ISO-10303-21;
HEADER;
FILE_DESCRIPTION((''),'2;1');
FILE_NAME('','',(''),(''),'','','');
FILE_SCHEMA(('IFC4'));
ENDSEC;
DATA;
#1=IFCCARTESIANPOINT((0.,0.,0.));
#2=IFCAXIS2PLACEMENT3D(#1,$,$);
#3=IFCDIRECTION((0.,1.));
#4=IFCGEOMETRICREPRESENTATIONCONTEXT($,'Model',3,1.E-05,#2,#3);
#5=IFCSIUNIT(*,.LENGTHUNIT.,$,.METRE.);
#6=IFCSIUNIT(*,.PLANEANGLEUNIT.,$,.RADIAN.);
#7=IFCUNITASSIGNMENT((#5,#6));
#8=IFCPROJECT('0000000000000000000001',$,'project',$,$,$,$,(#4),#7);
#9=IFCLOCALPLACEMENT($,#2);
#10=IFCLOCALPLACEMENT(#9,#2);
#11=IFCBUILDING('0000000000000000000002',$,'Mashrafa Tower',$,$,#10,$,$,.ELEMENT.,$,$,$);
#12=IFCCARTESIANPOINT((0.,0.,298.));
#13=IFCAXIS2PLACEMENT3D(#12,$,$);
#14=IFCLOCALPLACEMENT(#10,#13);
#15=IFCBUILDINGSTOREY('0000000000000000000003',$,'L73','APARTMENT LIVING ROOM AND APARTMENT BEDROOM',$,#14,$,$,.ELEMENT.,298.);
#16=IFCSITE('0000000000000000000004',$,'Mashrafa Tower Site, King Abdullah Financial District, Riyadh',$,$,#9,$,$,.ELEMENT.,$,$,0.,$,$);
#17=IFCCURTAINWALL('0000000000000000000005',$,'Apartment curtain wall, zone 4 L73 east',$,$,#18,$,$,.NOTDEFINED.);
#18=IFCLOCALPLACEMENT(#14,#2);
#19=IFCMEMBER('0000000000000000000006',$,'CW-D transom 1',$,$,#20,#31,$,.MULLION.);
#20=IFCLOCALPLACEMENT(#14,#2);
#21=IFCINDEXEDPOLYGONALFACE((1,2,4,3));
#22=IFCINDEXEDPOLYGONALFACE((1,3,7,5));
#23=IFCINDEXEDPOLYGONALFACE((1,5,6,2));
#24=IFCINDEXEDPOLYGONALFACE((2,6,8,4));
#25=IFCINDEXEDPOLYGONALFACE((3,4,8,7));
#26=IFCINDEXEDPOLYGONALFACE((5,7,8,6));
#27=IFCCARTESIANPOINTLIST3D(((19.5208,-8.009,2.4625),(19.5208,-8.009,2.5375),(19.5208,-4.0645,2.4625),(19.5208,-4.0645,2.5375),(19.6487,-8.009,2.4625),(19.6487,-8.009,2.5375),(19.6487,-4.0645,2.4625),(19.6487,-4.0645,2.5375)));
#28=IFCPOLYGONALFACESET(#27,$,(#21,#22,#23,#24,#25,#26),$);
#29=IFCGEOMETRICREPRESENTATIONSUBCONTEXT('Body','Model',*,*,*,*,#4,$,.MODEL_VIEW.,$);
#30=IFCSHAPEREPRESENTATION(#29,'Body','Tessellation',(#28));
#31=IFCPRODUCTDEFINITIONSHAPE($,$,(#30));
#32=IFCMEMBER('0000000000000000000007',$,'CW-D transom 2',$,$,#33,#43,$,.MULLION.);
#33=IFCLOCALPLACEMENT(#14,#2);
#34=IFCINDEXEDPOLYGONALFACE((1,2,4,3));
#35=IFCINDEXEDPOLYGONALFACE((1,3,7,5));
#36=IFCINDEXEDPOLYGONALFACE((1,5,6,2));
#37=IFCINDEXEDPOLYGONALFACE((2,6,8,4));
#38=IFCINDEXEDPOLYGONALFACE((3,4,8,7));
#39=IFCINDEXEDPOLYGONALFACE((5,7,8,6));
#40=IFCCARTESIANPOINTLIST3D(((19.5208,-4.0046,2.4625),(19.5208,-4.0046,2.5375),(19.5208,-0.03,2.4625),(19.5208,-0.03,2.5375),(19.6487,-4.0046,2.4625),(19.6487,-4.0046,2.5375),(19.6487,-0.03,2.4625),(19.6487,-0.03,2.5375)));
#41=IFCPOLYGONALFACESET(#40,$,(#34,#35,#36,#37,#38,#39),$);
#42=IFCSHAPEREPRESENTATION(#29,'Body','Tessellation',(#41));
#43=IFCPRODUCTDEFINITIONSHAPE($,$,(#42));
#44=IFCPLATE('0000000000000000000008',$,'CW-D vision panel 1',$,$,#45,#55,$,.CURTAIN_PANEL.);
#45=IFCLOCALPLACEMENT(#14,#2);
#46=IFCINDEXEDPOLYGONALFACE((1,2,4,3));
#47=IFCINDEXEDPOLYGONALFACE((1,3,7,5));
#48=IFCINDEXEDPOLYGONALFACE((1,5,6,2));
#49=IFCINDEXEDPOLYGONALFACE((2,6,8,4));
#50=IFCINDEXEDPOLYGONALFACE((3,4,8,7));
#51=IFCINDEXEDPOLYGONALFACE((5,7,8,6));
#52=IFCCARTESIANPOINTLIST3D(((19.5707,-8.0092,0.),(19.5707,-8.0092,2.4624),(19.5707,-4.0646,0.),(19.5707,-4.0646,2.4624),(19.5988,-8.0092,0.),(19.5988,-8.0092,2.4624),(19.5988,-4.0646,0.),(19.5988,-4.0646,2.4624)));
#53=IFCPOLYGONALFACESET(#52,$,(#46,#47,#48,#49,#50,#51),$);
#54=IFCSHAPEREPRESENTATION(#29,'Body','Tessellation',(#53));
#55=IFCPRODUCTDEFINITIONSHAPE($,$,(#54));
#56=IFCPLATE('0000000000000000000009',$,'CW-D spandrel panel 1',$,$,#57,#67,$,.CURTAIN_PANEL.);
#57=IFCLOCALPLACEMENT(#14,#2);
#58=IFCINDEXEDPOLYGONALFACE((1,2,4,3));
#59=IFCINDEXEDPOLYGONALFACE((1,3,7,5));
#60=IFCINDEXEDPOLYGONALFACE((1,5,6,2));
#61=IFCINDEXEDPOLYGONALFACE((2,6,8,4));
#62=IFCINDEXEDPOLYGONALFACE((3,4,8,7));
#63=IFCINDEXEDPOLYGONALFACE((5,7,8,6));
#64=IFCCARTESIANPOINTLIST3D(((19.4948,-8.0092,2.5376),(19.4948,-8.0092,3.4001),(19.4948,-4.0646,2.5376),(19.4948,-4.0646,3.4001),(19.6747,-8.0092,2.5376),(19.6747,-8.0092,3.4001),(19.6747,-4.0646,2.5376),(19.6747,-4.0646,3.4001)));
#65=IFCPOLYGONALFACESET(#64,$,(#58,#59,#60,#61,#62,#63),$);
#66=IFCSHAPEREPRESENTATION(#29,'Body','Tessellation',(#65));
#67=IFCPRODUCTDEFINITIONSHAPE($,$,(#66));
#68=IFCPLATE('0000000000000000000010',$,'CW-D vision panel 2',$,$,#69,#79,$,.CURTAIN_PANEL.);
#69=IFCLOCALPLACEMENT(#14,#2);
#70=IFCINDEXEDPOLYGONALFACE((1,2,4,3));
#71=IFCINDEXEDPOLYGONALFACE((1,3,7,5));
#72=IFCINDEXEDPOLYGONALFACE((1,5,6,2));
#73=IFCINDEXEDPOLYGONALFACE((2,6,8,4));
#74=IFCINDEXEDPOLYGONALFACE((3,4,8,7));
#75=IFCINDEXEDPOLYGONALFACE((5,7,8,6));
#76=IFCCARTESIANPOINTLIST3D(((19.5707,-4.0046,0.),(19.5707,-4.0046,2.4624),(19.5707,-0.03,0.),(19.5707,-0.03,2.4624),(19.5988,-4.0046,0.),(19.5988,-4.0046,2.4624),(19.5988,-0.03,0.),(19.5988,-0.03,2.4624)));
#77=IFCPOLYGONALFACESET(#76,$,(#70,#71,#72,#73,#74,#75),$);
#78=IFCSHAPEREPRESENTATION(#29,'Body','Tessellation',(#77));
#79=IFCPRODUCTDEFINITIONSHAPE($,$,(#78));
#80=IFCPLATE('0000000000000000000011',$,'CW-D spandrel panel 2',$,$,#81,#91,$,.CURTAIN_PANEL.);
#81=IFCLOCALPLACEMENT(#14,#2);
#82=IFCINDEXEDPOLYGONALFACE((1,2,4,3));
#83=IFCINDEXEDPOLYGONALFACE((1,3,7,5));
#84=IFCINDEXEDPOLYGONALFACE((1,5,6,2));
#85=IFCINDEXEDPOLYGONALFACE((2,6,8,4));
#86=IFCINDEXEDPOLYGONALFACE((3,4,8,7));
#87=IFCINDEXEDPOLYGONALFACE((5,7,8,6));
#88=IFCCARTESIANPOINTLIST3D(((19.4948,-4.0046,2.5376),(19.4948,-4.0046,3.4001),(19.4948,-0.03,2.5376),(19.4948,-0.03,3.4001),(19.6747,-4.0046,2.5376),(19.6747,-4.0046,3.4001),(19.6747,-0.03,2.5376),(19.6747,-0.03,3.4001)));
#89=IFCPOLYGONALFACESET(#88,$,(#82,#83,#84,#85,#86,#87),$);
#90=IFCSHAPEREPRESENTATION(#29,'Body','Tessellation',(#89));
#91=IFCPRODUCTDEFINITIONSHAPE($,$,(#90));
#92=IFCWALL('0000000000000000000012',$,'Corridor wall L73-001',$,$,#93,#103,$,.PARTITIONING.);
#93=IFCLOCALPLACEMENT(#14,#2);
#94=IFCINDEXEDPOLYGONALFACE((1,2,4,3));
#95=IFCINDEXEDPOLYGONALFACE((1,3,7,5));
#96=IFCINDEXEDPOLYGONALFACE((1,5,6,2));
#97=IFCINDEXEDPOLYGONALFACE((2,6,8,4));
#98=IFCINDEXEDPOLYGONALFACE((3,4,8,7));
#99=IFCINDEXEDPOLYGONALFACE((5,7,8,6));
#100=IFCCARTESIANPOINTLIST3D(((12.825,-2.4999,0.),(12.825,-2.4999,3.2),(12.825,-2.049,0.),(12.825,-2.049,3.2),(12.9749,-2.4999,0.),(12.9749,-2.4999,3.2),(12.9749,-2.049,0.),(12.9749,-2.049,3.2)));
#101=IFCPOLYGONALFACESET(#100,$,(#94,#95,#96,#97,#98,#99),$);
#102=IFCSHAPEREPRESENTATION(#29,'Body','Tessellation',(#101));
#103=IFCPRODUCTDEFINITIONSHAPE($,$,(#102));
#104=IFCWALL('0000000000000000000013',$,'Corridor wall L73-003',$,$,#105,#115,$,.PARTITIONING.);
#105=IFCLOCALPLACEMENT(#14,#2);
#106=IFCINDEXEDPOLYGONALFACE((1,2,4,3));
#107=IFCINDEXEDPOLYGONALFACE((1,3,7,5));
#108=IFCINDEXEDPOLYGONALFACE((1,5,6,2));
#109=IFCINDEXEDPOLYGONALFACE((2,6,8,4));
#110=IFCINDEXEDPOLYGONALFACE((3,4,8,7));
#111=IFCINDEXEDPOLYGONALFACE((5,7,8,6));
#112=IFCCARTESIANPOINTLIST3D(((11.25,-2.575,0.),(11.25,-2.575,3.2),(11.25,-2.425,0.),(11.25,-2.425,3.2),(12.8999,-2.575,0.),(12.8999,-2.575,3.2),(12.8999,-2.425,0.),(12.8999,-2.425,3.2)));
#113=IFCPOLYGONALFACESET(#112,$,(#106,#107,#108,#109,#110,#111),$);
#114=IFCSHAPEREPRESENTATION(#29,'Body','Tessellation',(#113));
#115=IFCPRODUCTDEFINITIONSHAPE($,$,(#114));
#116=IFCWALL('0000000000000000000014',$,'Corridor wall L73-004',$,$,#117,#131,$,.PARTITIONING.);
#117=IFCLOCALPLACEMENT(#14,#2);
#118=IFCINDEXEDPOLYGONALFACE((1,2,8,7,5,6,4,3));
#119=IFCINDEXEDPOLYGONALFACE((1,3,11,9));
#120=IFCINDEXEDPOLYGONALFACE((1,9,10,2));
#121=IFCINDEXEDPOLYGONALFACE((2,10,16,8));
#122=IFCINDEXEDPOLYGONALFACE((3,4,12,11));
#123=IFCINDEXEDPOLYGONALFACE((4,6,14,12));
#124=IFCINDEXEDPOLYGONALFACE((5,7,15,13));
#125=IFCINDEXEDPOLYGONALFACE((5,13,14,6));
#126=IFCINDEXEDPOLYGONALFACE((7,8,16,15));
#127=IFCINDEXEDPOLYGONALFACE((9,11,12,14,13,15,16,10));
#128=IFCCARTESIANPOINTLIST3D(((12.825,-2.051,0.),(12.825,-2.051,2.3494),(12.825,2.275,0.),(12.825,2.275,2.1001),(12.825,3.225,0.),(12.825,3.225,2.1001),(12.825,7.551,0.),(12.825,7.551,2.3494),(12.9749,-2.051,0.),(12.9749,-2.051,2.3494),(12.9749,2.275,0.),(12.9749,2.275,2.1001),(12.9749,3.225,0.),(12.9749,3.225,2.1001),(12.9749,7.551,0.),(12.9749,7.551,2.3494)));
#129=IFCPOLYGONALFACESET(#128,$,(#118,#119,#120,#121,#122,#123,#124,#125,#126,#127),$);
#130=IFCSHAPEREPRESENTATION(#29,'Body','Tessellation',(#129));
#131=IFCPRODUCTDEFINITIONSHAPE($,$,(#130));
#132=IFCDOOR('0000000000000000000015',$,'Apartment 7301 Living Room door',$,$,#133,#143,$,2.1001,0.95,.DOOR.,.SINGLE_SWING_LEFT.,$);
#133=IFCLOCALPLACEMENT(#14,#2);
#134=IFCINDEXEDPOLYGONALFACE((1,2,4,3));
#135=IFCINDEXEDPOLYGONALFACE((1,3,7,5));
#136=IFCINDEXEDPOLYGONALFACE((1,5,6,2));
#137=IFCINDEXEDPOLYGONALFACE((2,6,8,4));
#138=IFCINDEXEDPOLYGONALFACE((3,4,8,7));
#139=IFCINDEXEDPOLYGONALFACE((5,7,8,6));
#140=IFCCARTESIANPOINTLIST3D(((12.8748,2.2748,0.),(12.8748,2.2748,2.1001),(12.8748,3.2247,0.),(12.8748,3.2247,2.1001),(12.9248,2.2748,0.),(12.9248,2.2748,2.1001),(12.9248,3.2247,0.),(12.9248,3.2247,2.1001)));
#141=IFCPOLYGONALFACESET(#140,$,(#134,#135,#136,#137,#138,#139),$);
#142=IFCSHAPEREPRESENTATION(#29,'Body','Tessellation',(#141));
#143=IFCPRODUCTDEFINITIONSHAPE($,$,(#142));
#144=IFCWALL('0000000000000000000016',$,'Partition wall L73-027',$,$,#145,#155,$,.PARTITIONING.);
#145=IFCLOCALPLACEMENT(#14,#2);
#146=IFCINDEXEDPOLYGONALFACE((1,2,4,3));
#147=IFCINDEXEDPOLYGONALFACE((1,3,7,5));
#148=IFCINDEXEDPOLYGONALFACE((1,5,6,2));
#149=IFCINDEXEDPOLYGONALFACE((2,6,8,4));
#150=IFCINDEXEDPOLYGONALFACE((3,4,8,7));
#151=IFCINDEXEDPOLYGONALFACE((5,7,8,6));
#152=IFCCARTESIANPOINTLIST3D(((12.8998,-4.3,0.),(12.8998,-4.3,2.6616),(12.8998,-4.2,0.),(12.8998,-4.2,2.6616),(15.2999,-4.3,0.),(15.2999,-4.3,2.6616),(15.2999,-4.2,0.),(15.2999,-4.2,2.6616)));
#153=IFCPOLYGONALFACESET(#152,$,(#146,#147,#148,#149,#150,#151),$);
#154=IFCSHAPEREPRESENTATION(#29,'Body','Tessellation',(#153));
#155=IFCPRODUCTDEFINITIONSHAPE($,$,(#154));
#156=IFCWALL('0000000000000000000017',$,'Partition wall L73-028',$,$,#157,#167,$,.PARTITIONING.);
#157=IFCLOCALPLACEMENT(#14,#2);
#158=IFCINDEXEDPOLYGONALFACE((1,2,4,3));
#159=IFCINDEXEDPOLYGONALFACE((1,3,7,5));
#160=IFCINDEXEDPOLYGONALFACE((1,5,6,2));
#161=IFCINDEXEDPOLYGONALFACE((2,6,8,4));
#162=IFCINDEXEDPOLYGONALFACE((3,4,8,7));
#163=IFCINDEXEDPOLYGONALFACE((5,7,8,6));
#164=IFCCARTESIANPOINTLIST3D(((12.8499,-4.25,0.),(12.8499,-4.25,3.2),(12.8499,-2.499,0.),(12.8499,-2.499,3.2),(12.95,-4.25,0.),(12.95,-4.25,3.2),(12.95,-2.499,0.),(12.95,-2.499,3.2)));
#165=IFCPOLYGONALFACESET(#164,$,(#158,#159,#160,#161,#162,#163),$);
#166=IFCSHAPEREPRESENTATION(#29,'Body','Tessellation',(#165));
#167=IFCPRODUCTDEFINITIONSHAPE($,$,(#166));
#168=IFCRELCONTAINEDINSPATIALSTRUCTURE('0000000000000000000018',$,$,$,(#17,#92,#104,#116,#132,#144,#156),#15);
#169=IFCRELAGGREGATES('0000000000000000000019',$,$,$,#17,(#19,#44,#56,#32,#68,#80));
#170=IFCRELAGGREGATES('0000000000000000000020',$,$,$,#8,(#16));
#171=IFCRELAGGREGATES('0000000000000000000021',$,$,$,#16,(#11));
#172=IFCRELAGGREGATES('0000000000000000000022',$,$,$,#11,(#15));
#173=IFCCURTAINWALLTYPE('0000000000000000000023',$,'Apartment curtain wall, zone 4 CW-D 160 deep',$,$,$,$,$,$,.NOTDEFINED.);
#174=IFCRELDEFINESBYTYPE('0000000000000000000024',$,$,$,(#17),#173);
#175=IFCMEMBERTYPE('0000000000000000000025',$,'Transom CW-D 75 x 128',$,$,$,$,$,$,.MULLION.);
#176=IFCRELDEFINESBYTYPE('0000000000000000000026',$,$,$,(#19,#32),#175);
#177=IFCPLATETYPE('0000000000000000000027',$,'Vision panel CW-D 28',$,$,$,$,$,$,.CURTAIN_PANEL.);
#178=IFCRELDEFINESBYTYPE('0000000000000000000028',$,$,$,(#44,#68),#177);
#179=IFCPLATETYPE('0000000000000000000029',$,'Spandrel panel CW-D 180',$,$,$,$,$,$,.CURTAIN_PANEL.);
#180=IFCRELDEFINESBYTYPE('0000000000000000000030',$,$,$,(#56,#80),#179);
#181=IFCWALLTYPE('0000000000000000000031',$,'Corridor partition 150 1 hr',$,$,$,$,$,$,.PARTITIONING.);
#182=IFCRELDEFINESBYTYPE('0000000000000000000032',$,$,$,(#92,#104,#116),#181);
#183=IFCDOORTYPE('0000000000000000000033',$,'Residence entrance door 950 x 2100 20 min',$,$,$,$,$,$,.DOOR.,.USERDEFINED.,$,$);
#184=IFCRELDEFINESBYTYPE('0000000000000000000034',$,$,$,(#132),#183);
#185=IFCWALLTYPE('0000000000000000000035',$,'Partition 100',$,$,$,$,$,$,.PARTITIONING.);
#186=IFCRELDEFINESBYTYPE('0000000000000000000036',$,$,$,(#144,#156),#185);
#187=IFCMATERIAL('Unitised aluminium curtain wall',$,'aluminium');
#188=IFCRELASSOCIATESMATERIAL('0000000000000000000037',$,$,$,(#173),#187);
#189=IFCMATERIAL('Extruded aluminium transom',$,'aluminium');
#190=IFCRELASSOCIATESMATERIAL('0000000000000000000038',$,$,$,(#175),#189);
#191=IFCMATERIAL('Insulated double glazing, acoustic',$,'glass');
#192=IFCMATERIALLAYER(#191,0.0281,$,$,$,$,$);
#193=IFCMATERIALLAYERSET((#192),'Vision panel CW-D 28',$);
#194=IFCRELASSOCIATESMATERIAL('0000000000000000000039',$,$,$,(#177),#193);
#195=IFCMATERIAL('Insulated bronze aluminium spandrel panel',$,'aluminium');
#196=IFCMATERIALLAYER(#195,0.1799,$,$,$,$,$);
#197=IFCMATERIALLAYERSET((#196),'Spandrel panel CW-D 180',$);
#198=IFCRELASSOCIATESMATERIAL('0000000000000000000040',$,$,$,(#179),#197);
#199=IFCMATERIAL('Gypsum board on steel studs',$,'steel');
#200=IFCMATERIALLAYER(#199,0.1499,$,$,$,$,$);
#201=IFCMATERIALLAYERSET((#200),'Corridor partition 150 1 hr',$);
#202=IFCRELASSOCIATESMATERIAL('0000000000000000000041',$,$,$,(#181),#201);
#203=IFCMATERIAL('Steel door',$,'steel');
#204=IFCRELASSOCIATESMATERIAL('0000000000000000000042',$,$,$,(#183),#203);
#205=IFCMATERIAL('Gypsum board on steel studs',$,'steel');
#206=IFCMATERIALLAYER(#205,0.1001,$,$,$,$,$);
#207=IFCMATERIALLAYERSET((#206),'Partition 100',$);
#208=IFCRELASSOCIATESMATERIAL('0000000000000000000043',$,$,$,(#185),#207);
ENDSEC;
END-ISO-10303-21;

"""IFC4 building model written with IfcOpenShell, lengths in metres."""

from ifc_helpers import new_model, si_unit, direction, frame, frame_2d, origin, origin_2d, place, context, subcontext, project, spatial, rectangle, extrude, source, transform, mapped, material, layer, layer_set, material_profile, profile_set, type_object, type_shapes, element, fill, aggregate, save


model = new_model("IFC4")

# Units and contexts
model_context = context("Model", 3, precision=1e-05, world=origin(), true_north=direction((0.0, 1.0)))
body_context = subcontext(model_context, "Body", "Model", "MODEL_VIEW")
ifc_project = project(units=[si_unit("LENGTHUNIT", "METRE"), si_unit("PLANEANGLEUNIT", "RADIAN")], contexts=[model_context])

# Site, building, storey
site_placement = place(None, origin())
site = spatial("IfcSite", under=ifc_project, at=site_placement, Name="Mashrafa Tower Site, King Abdullah Financial District, Riyadh", CompositionType="ELEMENT", RefElevation=0.0)
building_placement = place(site_placement, origin())
building = spatial("IfcBuilding", under=site, at=building_placement, Name="Mashrafa Tower", CompositionType="ELEMENT")
storey_placement = place(building_placement, frame((0.0, 0.0, 298.0)))
storey = spatial("IfcBuildingStorey", under=building, at=storey_placement, Name="L73", Description="APARTMENT LIVING ROOM AND APARTMENT BEDROOM", CompositionType="ELEMENT", Elevation=298.0)

# Curtain wall, members, plates
ifc_material_1 = material(Name="Unitised aluminium curtain wall", Category="aluminium")
curtain_wall_type = type_object("IfcCurtainWallType", Name="Apartment curtain wall, zone 4 CW-D 160 deep", PredefinedType="NOTDEFINED", material=ifc_material_1)
curtain_wall_placement = place(storey_placement, origin())
curtain_wall = element("IfcCurtainWall", 1, at=curtain_wall_placement, inside=storey, type_object=curtain_wall_type, Name="Apartment curtain wall, zone 4 L73 east", PredefinedType="NOTDEFINED")
ifc_material_2 = material(Name="Extruded aluminium transom", Category="aluminium")
ifc_material_profile_1 = material_profile(ifc_material_2, rectangle(XDim=0.1279, YDim=0.075, at=origin_2d()), Name="Transom 75x128")
ifc_profile_set_1 = profile_set([ifc_material_profile_1], Name="Extruded aluminium transom")
member_type_1 = type_object("IfcMemberType", Name="Transom CW-D 75 x 128", PredefinedType="MULLION", material=ifc_profile_set_1)
shared_shape_1 = source(origin(), body_context, "Body", "SweptSolid", [
    extrude(rectangle(XDim=0.1279, YDim=0.075, at=origin_2d()), origin(), (0.0, 0.0, 1.0), 3.9446),
])
member_1_placement = place(storey_placement, frame((19.5847, -8.009, 2.5), z_axis=(0.0, 1.0, 0.0), x_axis=(-1.0, 0.0, 0.0)))
member_1 = element("IfcMember", 2, at=member_1_placement, type_object=member_type_1, Name="CW-D transom 1", PredefinedType="MULLION", context=body_context, shape_type="MappedRepresentation", body=[
    mapped(shared_shape_1, transform((0.0, 0.0, 0.0))),
])
shared_shape_2 = source(origin(), body_context, "Body", "SweptSolid", [
    extrude(rectangle(XDim=0.1279, YDim=0.075, at=origin_2d()), origin(), (0.0, 0.0, 1.0), 3.9746),
])
type_shapes(member_type_1, [shared_shape_1, shared_shape_2])
member_2_placement = place(storey_placement, frame((19.5847, -4.0046, 2.5), z_axis=(0.0, 1.0, 0.0), x_axis=(-1.0, 0.0, 0.0)))
member_2 = element("IfcMember", 3, at=member_2_placement, type_object=member_type_1, Name="CW-D transom 2", PredefinedType="MULLION", context=body_context, shape_type="MappedRepresentation", body=[
    mapped(shared_shape_2, transform((0.0, 0.0, 0.0))),
])
ifc_material_3 = material(Name="Insulated double glazing, acoustic", Category="glass")
ifc_layer_1 = layer(ifc_material_3, 0.0281)
ifc_layer_set_1 = layer_set([ifc_layer_1], Name="Vision panel CW-D 28")
plate_type_1 = type_object("IfcPlateType", Name="Vision panel CW-D 28", PredefinedType="CURTAIN_PANEL", material=ifc_layer_set_1)
shared_shape_3 = source(origin(), body_context, "Body", "SweptSolid", [
    extrude(rectangle(XDim=3.9446, YDim=0.0281, at=origin_2d()), origin(), (0.0, 0.0, 1.0), 2.4624),
])
plate_1_placement = place(storey_placement, frame((19.5847, -6.0369, 0.0), z_axis=(0.0, 0.0, 1.0), x_axis=(0.0, 1.0, 0.0)))
plate_1 = element("IfcPlate", 4, at=plate_1_placement, type_object=plate_type_1, Name="CW-D vision panel 1", PredefinedType="CURTAIN_PANEL", context=body_context, shape_type="MappedRepresentation", body=[
    mapped(shared_shape_3, transform((0.0, 0.0, 0.0))),
])
ifc_material_4 = material(Name="Insulated bronze aluminium spandrel panel", Category="aluminium")
ifc_layer_2 = layer(ifc_material_4, 0.1799)
ifc_layer_set_2 = layer_set([ifc_layer_2], Name="Spandrel panel CW-D 180")
plate_type_2 = type_object("IfcPlateType", Name="Spandrel panel CW-D 180", PredefinedType="CURTAIN_PANEL", material=ifc_layer_set_2)
shared_shape_4 = source(origin(), body_context, "Body", "SweptSolid", [
    extrude(rectangle(XDim=3.9446, YDim=0.1799, at=origin_2d()), origin(), (0.0, 0.0, 1.0), 0.8625),
])
plate_2_placement = place(storey_placement, frame((19.5847, -6.0369, 2.5376), z_axis=(0.0, 0.0, 1.0), x_axis=(0.0, 1.0, 0.0)))
plate_2 = element("IfcPlate", 5, at=plate_2_placement, type_object=plate_type_2, Name="CW-D spandrel panel 1", PredefinedType="CURTAIN_PANEL", context=body_context, shape_type="MappedRepresentation", body=[
    mapped(shared_shape_4, transform((0.0, 0.0, 0.0))),
])
shared_shape_5 = source(origin(), body_context, "Body", "SweptSolid", [
    extrude(rectangle(XDim=3.9746, YDim=0.0281, at=origin_2d()), origin(), (0.0, 0.0, 1.0), 2.4624),
])
type_shapes(plate_type_1, [shared_shape_3, shared_shape_5])
plate_3_placement = place(storey_placement, frame((19.5847, -2.0173, 0.0), z_axis=(0.0, 0.0, 1.0), x_axis=(0.0, 1.0, 0.0)))
plate_3 = element("IfcPlate", 6, at=plate_3_placement, type_object=plate_type_1, Name="CW-D vision panel 2", PredefinedType="CURTAIN_PANEL", context=body_context, shape_type="MappedRepresentation", body=[
    mapped(shared_shape_5, transform((0.0, 0.0, 0.0))),
])
shared_shape_6 = source(origin(), body_context, "Body", "SweptSolid", [
    extrude(rectangle(XDim=3.9746, YDim=0.1799, at=origin_2d()), origin(), (0.0, 0.0, 1.0), 0.8625),
])
type_shapes(plate_type_2, [shared_shape_4, shared_shape_6])
plate_4_placement = place(storey_placement, frame((19.5847, -2.0173, 2.5376), z_axis=(0.0, 0.0, 1.0), x_axis=(0.0, 1.0, 0.0)))
plate_4 = element("IfcPlate", 7, at=plate_4_placement, type_object=plate_type_2, Name="CW-D spandrel panel 2", PredefinedType="CURTAIN_PANEL", context=body_context, shape_type="MappedRepresentation", body=[
    mapped(shared_shape_6, transform((0.0, 0.0, 0.0))),
])
aggregate(curtain_wall, [member_1, plate_1, plate_2, member_2, plate_3, plate_4])

# Walls
ifc_material_5 = material(Name="Gypsum board on steel studs", Category="steel")
ifc_layer_3 = layer(ifc_material_5, 0.1499)
ifc_layer_set_3 = layer_set([ifc_layer_3], Name="Corridor partition 150 1 hr")
wall_type_1 = type_object("IfcWallType", Name="Corridor partition 150 1 hr", PredefinedType="PARTITIONING", material=ifc_layer_set_3)
wall_1_placement = place(storey_placement, frame((12.8999, -2.5, 0.0), z_axis=(0.0, 0.0, 1.0), x_axis=(0.0, 1.0, 0.0)))
element("IfcWall", 8, at=wall_1_placement, inside=storey, type_object=wall_type_1, Name="Corridor wall L73-001", PredefinedType="PARTITIONING", context=body_context, shape_type="SweptSolid", body=[
    extrude(rectangle(XDim=0.4509, YDim=0.1499, at=frame_2d((0.2256, 0.0))), origin(), (0.0, 0.0, 1.0), 3.2),
])
wall_2_placement = place(storey_placement, frame((11.25, -2.5, 0.0), z_axis=(0.0, 0.0, 1.0), x_axis=(1.0, 0.0, 0.0)))
element("IfcWall", 9, at=wall_2_placement, inside=storey, type_object=wall_type_1, Name="Corridor wall L73-003", PredefinedType="PARTITIONING", context=body_context, shape_type="SweptSolid", body=[
    extrude(rectangle(XDim=1.6499, YDim=0.1499, at=frame_2d((0.825, 0.0))), origin(), (0.0, 0.0, 1.0), 3.2),
])

# Wall, opening, door
wall_3_placement = place(storey_placement, frame((12.8999, -2.051, 0.0), z_axis=(0.0, 0.0, 1.0), x_axis=(0.0, 1.0, 0.0)))
wall_3 = element("IfcWall", 10, at=wall_3_placement, inside=storey, type_object=wall_type_1, Name="Corridor wall L73-004", PredefinedType="PARTITIONING", context=body_context, shape_type="SweptSolid", body=[
    extrude(rectangle(XDim=9.6021, YDim=0.1499, at=frame_2d((4.801, 0.0))), origin(), (0.0, 0.0, 1.0), 2.3494),
])
opening_1_placement = place(wall_3_placement, frame((4.3259, 0.0, 0.0)))
opening_1 = element("IfcOpeningElement", 11, at=opening_1_placement, cuts=wall_3, PredefinedType="OPENING", context=body_context, shape_type="SweptSolid", body=[
    extrude(rectangle(XDim=0.95, YDim=2.1001, at=frame_2d((0.4751, 1.05))), frame((0.0, 0.085, 0.0), z_axis=(0.0, -1.0, 0.0), x_axis=(1.0, 0.0, 0.0)), (0.0, 0.0, 1.0), 0.1699),
])
ifc_material_6 = material(Name="Steel door", Category="steel")
door_type_1 = type_object("IfcDoorType", Name="Residence entrance door 950 x 2100 20 min", OperationType="USERDEFINED", PredefinedType="DOOR", material=ifc_material_6)
door_1_placement = place(opening_1_placement, frame((0.95, 0.0, 0.0), z_axis=(0.0, 0.0, 1.0), x_axis=(-1.0, 0.0, 0.0)))
door_1 = element("IfcDoor", 12, at=door_1_placement, inside=storey, type_object=door_type_1, Name="Apartment 7301 Living Room door", OperationType="SINGLE_SWING_LEFT", OverallHeight=2.1001, OverallWidth=0.95, PredefinedType="DOOR", context=body_context, shape_type="SweptSolid", body=[
    extrude(rectangle(XDim=0.95, YDim=2.1001, at=frame_2d((0.4751, 1.05))), frame((0.0, 0.0249, 0.0), z_axis=(0.0, -1.0, 0.0), x_axis=(1.0, 0.0, 0.0)), (0.0, 0.0, 1.0), 0.05),
])
fill(opening_1, door_1)

# Walls
ifc_material_7 = material(Name="Gypsum board on steel studs", Category="steel")
ifc_layer_4 = layer(ifc_material_7, 0.1001)
ifc_layer_set_4 = layer_set([ifc_layer_4], Name="Partition 100")
wall_type_2 = type_object("IfcWallType", Name="Partition 100", PredefinedType="PARTITIONING", material=ifc_layer_set_4)
wall_4_placement = place(storey_placement, frame((15.3, -4.25, 0.0), z_axis=(0.0, 0.0, 1.0), x_axis=(-1.0, 0.0, 0.0)))
element("IfcWall", 13, at=wall_4_placement, inside=storey, type_object=wall_type_2, Name="Partition wall L73-027", PredefinedType="PARTITIONING", context=body_context, shape_type="SweptSolid", body=[
    extrude(rectangle(XDim=2.4001, YDim=0.1001, at=frame_2d((1.2002, 0.0))), origin(), (0.0, 0.0, 1.0), 2.6616),
])
wall_5_placement = place(storey_placement, frame((12.8999, -2.499, 0.0), z_axis=(0.0, 0.0, 1.0), x_axis=(0.0, -1.0, 0.0)))
element("IfcWall", 14, at=wall_5_placement, inside=storey, type_object=wall_type_2, Name="Partition wall L73-028", PredefinedType="PARTITIONING", context=body_context, shape_type="SweptSolid", body=[
    extrude(rectangle(XDim=1.751, YDim=0.1001, at=frame_2d((0.8755, 0.0))), origin(), (0.0, 0.0, 1.0), 3.2),
])

save(model, "model.ifc")
